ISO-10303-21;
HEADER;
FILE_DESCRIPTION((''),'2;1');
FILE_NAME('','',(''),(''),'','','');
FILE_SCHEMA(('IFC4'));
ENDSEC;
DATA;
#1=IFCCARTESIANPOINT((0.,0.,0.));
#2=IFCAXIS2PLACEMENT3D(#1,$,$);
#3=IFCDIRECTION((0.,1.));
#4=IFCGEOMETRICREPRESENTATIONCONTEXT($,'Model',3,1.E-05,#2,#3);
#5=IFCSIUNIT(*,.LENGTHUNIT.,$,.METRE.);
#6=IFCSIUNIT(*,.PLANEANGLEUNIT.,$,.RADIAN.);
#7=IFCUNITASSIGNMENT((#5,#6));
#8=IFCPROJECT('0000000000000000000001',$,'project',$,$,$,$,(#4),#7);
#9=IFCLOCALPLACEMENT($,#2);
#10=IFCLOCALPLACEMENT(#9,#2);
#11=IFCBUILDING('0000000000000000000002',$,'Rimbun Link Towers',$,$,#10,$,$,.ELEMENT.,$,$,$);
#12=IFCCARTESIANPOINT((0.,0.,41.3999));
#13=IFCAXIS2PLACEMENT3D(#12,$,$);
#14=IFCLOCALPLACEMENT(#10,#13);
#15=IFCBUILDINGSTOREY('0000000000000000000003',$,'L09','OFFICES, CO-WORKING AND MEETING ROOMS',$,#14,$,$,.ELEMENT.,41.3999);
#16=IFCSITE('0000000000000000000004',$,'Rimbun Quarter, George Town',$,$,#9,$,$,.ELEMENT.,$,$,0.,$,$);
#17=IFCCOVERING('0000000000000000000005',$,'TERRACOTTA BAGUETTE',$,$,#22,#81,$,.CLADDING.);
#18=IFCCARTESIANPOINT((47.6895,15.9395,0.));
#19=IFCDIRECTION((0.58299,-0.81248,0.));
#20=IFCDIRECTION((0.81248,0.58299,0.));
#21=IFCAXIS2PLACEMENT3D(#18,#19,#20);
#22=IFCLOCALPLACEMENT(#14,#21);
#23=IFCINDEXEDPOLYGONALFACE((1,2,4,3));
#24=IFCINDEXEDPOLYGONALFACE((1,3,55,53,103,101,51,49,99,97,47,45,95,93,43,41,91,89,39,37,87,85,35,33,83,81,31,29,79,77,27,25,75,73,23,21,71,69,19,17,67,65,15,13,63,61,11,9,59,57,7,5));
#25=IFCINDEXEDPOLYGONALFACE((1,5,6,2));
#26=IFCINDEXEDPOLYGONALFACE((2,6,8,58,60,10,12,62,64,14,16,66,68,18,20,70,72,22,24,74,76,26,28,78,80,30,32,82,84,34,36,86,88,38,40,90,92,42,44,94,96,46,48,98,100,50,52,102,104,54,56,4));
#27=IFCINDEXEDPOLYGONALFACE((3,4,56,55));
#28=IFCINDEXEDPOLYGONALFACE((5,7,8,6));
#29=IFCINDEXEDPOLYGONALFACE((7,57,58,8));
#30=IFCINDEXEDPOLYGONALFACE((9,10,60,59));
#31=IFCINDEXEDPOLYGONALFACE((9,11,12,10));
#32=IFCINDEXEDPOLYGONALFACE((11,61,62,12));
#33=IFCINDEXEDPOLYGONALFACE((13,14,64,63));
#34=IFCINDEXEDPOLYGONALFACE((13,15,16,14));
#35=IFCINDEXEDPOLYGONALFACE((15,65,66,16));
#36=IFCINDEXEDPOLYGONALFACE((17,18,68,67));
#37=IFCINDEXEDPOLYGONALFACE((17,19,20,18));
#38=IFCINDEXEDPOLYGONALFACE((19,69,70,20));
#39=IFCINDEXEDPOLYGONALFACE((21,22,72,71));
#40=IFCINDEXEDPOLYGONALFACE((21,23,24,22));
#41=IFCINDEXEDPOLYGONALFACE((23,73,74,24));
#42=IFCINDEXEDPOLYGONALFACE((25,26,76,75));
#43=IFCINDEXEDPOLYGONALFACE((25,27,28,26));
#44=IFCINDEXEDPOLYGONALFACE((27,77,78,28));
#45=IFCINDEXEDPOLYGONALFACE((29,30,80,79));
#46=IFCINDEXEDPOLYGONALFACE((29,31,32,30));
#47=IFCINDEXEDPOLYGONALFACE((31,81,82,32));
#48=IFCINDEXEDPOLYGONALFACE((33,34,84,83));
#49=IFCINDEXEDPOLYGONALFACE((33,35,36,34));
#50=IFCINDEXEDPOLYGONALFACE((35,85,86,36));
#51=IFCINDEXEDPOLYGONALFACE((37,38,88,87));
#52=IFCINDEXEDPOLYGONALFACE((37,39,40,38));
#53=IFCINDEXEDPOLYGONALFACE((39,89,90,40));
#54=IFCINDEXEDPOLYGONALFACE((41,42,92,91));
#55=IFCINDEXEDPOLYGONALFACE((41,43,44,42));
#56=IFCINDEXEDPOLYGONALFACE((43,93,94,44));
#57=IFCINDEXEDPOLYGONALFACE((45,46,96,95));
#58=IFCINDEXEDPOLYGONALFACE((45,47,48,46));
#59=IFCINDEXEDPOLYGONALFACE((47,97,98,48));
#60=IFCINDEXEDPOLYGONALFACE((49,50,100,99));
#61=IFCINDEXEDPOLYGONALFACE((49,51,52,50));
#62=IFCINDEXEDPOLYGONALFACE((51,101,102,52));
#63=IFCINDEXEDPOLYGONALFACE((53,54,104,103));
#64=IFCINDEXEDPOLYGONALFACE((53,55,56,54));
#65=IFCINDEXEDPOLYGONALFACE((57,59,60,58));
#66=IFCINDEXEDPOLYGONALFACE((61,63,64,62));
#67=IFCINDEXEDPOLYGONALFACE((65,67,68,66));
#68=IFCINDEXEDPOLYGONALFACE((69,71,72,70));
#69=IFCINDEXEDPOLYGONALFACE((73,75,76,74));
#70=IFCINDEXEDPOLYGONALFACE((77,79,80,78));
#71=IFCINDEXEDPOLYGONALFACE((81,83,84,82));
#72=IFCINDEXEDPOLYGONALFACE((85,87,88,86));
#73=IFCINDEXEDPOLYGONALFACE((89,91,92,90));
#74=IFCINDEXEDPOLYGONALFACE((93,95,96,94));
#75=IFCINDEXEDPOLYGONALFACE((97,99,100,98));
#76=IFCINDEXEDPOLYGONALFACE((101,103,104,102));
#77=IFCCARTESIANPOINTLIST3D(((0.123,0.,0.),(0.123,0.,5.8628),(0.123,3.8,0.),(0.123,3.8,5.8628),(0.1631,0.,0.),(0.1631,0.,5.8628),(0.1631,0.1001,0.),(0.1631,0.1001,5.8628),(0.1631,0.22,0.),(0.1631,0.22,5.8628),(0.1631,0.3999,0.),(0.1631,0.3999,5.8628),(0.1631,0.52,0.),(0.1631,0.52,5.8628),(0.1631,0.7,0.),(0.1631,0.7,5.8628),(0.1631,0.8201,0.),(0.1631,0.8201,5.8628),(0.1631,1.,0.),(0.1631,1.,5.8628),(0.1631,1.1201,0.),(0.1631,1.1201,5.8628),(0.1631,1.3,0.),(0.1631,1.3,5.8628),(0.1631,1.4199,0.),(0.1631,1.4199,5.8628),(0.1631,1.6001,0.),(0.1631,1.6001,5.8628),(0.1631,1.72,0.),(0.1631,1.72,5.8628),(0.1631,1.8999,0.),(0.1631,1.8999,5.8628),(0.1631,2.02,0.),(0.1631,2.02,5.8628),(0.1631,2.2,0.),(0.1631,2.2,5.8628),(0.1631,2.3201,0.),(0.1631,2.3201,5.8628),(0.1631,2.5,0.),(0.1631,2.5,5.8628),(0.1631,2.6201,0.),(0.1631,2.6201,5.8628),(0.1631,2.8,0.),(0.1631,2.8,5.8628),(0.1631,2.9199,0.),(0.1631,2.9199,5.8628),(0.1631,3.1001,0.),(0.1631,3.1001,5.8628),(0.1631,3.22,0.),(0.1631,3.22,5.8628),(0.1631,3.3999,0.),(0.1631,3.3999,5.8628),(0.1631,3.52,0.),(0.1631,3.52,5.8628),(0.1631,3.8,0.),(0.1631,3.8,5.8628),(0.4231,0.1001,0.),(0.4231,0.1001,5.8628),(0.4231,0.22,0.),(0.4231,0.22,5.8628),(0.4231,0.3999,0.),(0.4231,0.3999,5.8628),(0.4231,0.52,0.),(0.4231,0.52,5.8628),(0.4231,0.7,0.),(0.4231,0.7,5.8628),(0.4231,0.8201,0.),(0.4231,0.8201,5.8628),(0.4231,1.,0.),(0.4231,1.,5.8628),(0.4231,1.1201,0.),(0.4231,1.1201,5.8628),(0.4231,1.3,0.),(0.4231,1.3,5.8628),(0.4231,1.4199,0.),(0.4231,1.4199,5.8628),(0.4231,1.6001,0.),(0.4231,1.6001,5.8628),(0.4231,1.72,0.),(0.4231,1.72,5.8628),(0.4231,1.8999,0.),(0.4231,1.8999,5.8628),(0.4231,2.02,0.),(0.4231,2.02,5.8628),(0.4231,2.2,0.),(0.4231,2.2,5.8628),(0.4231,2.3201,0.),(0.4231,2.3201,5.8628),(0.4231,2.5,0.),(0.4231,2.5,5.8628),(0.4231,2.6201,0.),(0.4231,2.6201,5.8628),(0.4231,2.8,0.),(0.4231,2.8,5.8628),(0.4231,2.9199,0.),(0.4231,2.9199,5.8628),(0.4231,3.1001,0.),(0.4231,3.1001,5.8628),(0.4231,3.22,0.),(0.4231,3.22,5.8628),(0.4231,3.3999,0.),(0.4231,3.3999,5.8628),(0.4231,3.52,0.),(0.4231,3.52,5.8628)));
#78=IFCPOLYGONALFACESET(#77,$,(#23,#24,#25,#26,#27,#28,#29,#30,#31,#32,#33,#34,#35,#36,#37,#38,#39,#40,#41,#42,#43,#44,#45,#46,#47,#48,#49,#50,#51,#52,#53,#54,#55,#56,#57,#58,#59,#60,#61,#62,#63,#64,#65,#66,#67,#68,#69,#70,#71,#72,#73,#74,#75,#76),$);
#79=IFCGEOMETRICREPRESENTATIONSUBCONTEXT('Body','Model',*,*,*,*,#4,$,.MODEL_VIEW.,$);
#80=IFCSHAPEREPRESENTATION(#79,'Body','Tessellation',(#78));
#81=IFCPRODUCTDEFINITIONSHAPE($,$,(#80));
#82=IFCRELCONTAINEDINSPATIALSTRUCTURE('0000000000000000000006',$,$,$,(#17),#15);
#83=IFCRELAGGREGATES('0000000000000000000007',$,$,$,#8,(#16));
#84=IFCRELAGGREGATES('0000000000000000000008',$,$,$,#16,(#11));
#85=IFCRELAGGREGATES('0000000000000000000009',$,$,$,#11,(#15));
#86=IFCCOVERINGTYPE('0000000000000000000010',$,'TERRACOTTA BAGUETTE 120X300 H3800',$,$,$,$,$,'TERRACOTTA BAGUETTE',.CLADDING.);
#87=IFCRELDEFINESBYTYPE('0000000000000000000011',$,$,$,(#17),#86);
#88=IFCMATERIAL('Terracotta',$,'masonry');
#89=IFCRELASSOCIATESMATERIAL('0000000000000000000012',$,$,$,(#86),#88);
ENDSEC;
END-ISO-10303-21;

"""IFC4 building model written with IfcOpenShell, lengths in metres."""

from ifc_helpers import new_model, si_unit, direction, frame, origin, place, context, subcontext, project, spatial, polyline, outline, extrude, material, material_profile, profile_set, type_object, element, save


model = new_model("IFC4")

# Units and contexts
model_context = context("Model", 3, precision=1e-05, world=origin(), true_north=direction((0.0, 1.0)))
body_context = subcontext(model_context, "Body", "Model", "MODEL_VIEW")
ifc_project = project(units=[si_unit("LENGTHUNIT", "METRE"), si_unit("PLANEANGLEUNIT", "RADIAN")], contexts=[model_context])

# Site, building, storey
site_placement = place(None, origin())
site = spatial("IfcSite", under=ifc_project, at=site_placement, Name="Rimbun Quarter, George Town", CompositionType="ELEMENT", RefElevation=0.0)
building_placement = place(site_placement, origin())
building = spatial("IfcBuilding", under=site, at=building_placement, Name="Rimbun Link Towers", CompositionType="ELEMENT")
storey_placement = place(building_placement, frame((0.0, 0.0, 41.3999)))
storey = spatial("IfcBuildingStorey", under=building, at=storey_placement, Name="L09", Description="OFFICES, CO-WORKING AND MEETING ROOMS", CompositionType="ELEMENT", Elevation=41.3999)

# Covering
ifc_material_1 = material(Name="Terracotta", Category="masonry")
ifc_material_profile_1 = material_profile(ifc_material_1, outline(polyline([(0.123, 0.0), (0.1631, 0.0), (0.1631, 0.1001), (0.4231, 0.1001), (0.4231, 0.22), (0.1631, 0.22), (0.1631, 0.3999), (0.4231, 0.3999), (0.4231, 0.52), (0.1631, 0.52), (0.1631, 0.7), (0.4231, 0.7), (0.4231, 0.8201), (0.1631, 0.8201), (0.1631, 1.0), (0.4231, 1.0), (0.4231, 1.1201), (0.1631, 1.1201), (0.1631, 1.3), (0.4231, 1.3), (0.4231, 1.4199), (0.1631, 1.4199), (0.1631, 1.6001), (0.4231, 1.6001), (0.4231, 1.72), (0.1631, 1.72), (0.1631, 1.8999), (0.4231, 1.8999), (0.4231, 2.02), (0.1631, 2.02), (0.1631, 2.2), (0.4231, 2.2), (0.4231, 2.3201), (0.1631, 2.3201), (0.1631, 2.5), (0.4231, 2.5), (0.4231, 2.6201), (0.1631, 2.6201), (0.1631, 2.8), (0.4231, 2.8), (0.4231, 2.9199), (0.1631, 2.9199), (0.1631, 3.1001), (0.4231, 3.1001), (0.4231, 3.22), (0.1631, 3.22), (0.1631, 3.3999), (0.4231, 3.3999), (0.4231, 3.52), (0.1631, 3.52), (0.1631, 3.8), (0.123, 3.8), (0.123, 0.0)])), Name="BAGUETTE 120X300")
ifc_profile_set_1 = profile_set([ifc_material_profile_1], Name="Terracotta")
covering_type = type_object("IfcCoveringType", Name="TERRACOTTA BAGUETTE 120X300 H3800", ElementType="TERRACOTTA BAGUETTE", PredefinedType="CLADDING", material=ifc_profile_set_1)
covering_placement = place(storey_placement, frame((47.6895, 15.9395, 0.0), z_axis=(0.58299, -0.81248, 0.0), x_axis=(0.81248, 0.58299, 0.0)))
element("IfcCovering", 1, at=covering_placement, inside=storey, type_object=covering_type, Name="TERRACOTTA BAGUETTE", PredefinedType="CLADDING", context=body_context, shape_type="SweptSolid", body=[
    extrude(outline(polyline([(0.123, 0.0), (0.1631, 0.0), (0.1631, 0.1001), (0.4231, 0.1001), (0.4231, 0.22), (0.1631, 0.22), (0.1631, 0.3999), (0.4231, 0.3999), (0.4231, 0.52), (0.1631, 0.52), (0.1631, 0.7), (0.4231, 0.7), (0.4231, 0.8201), (0.1631, 0.8201), (0.1631, 1.0), (0.4231, 1.0), (0.4231, 1.1201), (0.1631, 1.1201), (0.1631, 1.3), (0.4231, 1.3), (0.4231, 1.4199), (0.1631, 1.4199), (0.1631, 1.6001), (0.4231, 1.6001), (0.4231, 1.72), (0.1631, 1.72), (0.1631, 1.8999), (0.4231, 1.8999), (0.4231, 2.02), (0.1631, 2.02), (0.1631, 2.2), (0.4231, 2.2), (0.4231, 2.3201), (0.1631, 2.3201), (0.1631, 2.5), (0.4231, 2.5), (0.4231, 2.6201), (0.1631, 2.6201), (0.1631, 2.8), (0.4231, 2.8), (0.4231, 2.9199), (0.1631, 2.9199), (0.1631, 3.1001), (0.4231, 3.1001), (0.4231, 3.22), (0.1631, 3.22), (0.1631, 3.3999), (0.4231, 3.3999), (0.4231, 3.52), (0.1631, 3.52), (0.1631, 3.8), (0.123, 3.8), (0.123, 0.0)])), origin(), (0.0, 0.0, 1.0), 5.8628),
])

save(model, "model.ifc")
